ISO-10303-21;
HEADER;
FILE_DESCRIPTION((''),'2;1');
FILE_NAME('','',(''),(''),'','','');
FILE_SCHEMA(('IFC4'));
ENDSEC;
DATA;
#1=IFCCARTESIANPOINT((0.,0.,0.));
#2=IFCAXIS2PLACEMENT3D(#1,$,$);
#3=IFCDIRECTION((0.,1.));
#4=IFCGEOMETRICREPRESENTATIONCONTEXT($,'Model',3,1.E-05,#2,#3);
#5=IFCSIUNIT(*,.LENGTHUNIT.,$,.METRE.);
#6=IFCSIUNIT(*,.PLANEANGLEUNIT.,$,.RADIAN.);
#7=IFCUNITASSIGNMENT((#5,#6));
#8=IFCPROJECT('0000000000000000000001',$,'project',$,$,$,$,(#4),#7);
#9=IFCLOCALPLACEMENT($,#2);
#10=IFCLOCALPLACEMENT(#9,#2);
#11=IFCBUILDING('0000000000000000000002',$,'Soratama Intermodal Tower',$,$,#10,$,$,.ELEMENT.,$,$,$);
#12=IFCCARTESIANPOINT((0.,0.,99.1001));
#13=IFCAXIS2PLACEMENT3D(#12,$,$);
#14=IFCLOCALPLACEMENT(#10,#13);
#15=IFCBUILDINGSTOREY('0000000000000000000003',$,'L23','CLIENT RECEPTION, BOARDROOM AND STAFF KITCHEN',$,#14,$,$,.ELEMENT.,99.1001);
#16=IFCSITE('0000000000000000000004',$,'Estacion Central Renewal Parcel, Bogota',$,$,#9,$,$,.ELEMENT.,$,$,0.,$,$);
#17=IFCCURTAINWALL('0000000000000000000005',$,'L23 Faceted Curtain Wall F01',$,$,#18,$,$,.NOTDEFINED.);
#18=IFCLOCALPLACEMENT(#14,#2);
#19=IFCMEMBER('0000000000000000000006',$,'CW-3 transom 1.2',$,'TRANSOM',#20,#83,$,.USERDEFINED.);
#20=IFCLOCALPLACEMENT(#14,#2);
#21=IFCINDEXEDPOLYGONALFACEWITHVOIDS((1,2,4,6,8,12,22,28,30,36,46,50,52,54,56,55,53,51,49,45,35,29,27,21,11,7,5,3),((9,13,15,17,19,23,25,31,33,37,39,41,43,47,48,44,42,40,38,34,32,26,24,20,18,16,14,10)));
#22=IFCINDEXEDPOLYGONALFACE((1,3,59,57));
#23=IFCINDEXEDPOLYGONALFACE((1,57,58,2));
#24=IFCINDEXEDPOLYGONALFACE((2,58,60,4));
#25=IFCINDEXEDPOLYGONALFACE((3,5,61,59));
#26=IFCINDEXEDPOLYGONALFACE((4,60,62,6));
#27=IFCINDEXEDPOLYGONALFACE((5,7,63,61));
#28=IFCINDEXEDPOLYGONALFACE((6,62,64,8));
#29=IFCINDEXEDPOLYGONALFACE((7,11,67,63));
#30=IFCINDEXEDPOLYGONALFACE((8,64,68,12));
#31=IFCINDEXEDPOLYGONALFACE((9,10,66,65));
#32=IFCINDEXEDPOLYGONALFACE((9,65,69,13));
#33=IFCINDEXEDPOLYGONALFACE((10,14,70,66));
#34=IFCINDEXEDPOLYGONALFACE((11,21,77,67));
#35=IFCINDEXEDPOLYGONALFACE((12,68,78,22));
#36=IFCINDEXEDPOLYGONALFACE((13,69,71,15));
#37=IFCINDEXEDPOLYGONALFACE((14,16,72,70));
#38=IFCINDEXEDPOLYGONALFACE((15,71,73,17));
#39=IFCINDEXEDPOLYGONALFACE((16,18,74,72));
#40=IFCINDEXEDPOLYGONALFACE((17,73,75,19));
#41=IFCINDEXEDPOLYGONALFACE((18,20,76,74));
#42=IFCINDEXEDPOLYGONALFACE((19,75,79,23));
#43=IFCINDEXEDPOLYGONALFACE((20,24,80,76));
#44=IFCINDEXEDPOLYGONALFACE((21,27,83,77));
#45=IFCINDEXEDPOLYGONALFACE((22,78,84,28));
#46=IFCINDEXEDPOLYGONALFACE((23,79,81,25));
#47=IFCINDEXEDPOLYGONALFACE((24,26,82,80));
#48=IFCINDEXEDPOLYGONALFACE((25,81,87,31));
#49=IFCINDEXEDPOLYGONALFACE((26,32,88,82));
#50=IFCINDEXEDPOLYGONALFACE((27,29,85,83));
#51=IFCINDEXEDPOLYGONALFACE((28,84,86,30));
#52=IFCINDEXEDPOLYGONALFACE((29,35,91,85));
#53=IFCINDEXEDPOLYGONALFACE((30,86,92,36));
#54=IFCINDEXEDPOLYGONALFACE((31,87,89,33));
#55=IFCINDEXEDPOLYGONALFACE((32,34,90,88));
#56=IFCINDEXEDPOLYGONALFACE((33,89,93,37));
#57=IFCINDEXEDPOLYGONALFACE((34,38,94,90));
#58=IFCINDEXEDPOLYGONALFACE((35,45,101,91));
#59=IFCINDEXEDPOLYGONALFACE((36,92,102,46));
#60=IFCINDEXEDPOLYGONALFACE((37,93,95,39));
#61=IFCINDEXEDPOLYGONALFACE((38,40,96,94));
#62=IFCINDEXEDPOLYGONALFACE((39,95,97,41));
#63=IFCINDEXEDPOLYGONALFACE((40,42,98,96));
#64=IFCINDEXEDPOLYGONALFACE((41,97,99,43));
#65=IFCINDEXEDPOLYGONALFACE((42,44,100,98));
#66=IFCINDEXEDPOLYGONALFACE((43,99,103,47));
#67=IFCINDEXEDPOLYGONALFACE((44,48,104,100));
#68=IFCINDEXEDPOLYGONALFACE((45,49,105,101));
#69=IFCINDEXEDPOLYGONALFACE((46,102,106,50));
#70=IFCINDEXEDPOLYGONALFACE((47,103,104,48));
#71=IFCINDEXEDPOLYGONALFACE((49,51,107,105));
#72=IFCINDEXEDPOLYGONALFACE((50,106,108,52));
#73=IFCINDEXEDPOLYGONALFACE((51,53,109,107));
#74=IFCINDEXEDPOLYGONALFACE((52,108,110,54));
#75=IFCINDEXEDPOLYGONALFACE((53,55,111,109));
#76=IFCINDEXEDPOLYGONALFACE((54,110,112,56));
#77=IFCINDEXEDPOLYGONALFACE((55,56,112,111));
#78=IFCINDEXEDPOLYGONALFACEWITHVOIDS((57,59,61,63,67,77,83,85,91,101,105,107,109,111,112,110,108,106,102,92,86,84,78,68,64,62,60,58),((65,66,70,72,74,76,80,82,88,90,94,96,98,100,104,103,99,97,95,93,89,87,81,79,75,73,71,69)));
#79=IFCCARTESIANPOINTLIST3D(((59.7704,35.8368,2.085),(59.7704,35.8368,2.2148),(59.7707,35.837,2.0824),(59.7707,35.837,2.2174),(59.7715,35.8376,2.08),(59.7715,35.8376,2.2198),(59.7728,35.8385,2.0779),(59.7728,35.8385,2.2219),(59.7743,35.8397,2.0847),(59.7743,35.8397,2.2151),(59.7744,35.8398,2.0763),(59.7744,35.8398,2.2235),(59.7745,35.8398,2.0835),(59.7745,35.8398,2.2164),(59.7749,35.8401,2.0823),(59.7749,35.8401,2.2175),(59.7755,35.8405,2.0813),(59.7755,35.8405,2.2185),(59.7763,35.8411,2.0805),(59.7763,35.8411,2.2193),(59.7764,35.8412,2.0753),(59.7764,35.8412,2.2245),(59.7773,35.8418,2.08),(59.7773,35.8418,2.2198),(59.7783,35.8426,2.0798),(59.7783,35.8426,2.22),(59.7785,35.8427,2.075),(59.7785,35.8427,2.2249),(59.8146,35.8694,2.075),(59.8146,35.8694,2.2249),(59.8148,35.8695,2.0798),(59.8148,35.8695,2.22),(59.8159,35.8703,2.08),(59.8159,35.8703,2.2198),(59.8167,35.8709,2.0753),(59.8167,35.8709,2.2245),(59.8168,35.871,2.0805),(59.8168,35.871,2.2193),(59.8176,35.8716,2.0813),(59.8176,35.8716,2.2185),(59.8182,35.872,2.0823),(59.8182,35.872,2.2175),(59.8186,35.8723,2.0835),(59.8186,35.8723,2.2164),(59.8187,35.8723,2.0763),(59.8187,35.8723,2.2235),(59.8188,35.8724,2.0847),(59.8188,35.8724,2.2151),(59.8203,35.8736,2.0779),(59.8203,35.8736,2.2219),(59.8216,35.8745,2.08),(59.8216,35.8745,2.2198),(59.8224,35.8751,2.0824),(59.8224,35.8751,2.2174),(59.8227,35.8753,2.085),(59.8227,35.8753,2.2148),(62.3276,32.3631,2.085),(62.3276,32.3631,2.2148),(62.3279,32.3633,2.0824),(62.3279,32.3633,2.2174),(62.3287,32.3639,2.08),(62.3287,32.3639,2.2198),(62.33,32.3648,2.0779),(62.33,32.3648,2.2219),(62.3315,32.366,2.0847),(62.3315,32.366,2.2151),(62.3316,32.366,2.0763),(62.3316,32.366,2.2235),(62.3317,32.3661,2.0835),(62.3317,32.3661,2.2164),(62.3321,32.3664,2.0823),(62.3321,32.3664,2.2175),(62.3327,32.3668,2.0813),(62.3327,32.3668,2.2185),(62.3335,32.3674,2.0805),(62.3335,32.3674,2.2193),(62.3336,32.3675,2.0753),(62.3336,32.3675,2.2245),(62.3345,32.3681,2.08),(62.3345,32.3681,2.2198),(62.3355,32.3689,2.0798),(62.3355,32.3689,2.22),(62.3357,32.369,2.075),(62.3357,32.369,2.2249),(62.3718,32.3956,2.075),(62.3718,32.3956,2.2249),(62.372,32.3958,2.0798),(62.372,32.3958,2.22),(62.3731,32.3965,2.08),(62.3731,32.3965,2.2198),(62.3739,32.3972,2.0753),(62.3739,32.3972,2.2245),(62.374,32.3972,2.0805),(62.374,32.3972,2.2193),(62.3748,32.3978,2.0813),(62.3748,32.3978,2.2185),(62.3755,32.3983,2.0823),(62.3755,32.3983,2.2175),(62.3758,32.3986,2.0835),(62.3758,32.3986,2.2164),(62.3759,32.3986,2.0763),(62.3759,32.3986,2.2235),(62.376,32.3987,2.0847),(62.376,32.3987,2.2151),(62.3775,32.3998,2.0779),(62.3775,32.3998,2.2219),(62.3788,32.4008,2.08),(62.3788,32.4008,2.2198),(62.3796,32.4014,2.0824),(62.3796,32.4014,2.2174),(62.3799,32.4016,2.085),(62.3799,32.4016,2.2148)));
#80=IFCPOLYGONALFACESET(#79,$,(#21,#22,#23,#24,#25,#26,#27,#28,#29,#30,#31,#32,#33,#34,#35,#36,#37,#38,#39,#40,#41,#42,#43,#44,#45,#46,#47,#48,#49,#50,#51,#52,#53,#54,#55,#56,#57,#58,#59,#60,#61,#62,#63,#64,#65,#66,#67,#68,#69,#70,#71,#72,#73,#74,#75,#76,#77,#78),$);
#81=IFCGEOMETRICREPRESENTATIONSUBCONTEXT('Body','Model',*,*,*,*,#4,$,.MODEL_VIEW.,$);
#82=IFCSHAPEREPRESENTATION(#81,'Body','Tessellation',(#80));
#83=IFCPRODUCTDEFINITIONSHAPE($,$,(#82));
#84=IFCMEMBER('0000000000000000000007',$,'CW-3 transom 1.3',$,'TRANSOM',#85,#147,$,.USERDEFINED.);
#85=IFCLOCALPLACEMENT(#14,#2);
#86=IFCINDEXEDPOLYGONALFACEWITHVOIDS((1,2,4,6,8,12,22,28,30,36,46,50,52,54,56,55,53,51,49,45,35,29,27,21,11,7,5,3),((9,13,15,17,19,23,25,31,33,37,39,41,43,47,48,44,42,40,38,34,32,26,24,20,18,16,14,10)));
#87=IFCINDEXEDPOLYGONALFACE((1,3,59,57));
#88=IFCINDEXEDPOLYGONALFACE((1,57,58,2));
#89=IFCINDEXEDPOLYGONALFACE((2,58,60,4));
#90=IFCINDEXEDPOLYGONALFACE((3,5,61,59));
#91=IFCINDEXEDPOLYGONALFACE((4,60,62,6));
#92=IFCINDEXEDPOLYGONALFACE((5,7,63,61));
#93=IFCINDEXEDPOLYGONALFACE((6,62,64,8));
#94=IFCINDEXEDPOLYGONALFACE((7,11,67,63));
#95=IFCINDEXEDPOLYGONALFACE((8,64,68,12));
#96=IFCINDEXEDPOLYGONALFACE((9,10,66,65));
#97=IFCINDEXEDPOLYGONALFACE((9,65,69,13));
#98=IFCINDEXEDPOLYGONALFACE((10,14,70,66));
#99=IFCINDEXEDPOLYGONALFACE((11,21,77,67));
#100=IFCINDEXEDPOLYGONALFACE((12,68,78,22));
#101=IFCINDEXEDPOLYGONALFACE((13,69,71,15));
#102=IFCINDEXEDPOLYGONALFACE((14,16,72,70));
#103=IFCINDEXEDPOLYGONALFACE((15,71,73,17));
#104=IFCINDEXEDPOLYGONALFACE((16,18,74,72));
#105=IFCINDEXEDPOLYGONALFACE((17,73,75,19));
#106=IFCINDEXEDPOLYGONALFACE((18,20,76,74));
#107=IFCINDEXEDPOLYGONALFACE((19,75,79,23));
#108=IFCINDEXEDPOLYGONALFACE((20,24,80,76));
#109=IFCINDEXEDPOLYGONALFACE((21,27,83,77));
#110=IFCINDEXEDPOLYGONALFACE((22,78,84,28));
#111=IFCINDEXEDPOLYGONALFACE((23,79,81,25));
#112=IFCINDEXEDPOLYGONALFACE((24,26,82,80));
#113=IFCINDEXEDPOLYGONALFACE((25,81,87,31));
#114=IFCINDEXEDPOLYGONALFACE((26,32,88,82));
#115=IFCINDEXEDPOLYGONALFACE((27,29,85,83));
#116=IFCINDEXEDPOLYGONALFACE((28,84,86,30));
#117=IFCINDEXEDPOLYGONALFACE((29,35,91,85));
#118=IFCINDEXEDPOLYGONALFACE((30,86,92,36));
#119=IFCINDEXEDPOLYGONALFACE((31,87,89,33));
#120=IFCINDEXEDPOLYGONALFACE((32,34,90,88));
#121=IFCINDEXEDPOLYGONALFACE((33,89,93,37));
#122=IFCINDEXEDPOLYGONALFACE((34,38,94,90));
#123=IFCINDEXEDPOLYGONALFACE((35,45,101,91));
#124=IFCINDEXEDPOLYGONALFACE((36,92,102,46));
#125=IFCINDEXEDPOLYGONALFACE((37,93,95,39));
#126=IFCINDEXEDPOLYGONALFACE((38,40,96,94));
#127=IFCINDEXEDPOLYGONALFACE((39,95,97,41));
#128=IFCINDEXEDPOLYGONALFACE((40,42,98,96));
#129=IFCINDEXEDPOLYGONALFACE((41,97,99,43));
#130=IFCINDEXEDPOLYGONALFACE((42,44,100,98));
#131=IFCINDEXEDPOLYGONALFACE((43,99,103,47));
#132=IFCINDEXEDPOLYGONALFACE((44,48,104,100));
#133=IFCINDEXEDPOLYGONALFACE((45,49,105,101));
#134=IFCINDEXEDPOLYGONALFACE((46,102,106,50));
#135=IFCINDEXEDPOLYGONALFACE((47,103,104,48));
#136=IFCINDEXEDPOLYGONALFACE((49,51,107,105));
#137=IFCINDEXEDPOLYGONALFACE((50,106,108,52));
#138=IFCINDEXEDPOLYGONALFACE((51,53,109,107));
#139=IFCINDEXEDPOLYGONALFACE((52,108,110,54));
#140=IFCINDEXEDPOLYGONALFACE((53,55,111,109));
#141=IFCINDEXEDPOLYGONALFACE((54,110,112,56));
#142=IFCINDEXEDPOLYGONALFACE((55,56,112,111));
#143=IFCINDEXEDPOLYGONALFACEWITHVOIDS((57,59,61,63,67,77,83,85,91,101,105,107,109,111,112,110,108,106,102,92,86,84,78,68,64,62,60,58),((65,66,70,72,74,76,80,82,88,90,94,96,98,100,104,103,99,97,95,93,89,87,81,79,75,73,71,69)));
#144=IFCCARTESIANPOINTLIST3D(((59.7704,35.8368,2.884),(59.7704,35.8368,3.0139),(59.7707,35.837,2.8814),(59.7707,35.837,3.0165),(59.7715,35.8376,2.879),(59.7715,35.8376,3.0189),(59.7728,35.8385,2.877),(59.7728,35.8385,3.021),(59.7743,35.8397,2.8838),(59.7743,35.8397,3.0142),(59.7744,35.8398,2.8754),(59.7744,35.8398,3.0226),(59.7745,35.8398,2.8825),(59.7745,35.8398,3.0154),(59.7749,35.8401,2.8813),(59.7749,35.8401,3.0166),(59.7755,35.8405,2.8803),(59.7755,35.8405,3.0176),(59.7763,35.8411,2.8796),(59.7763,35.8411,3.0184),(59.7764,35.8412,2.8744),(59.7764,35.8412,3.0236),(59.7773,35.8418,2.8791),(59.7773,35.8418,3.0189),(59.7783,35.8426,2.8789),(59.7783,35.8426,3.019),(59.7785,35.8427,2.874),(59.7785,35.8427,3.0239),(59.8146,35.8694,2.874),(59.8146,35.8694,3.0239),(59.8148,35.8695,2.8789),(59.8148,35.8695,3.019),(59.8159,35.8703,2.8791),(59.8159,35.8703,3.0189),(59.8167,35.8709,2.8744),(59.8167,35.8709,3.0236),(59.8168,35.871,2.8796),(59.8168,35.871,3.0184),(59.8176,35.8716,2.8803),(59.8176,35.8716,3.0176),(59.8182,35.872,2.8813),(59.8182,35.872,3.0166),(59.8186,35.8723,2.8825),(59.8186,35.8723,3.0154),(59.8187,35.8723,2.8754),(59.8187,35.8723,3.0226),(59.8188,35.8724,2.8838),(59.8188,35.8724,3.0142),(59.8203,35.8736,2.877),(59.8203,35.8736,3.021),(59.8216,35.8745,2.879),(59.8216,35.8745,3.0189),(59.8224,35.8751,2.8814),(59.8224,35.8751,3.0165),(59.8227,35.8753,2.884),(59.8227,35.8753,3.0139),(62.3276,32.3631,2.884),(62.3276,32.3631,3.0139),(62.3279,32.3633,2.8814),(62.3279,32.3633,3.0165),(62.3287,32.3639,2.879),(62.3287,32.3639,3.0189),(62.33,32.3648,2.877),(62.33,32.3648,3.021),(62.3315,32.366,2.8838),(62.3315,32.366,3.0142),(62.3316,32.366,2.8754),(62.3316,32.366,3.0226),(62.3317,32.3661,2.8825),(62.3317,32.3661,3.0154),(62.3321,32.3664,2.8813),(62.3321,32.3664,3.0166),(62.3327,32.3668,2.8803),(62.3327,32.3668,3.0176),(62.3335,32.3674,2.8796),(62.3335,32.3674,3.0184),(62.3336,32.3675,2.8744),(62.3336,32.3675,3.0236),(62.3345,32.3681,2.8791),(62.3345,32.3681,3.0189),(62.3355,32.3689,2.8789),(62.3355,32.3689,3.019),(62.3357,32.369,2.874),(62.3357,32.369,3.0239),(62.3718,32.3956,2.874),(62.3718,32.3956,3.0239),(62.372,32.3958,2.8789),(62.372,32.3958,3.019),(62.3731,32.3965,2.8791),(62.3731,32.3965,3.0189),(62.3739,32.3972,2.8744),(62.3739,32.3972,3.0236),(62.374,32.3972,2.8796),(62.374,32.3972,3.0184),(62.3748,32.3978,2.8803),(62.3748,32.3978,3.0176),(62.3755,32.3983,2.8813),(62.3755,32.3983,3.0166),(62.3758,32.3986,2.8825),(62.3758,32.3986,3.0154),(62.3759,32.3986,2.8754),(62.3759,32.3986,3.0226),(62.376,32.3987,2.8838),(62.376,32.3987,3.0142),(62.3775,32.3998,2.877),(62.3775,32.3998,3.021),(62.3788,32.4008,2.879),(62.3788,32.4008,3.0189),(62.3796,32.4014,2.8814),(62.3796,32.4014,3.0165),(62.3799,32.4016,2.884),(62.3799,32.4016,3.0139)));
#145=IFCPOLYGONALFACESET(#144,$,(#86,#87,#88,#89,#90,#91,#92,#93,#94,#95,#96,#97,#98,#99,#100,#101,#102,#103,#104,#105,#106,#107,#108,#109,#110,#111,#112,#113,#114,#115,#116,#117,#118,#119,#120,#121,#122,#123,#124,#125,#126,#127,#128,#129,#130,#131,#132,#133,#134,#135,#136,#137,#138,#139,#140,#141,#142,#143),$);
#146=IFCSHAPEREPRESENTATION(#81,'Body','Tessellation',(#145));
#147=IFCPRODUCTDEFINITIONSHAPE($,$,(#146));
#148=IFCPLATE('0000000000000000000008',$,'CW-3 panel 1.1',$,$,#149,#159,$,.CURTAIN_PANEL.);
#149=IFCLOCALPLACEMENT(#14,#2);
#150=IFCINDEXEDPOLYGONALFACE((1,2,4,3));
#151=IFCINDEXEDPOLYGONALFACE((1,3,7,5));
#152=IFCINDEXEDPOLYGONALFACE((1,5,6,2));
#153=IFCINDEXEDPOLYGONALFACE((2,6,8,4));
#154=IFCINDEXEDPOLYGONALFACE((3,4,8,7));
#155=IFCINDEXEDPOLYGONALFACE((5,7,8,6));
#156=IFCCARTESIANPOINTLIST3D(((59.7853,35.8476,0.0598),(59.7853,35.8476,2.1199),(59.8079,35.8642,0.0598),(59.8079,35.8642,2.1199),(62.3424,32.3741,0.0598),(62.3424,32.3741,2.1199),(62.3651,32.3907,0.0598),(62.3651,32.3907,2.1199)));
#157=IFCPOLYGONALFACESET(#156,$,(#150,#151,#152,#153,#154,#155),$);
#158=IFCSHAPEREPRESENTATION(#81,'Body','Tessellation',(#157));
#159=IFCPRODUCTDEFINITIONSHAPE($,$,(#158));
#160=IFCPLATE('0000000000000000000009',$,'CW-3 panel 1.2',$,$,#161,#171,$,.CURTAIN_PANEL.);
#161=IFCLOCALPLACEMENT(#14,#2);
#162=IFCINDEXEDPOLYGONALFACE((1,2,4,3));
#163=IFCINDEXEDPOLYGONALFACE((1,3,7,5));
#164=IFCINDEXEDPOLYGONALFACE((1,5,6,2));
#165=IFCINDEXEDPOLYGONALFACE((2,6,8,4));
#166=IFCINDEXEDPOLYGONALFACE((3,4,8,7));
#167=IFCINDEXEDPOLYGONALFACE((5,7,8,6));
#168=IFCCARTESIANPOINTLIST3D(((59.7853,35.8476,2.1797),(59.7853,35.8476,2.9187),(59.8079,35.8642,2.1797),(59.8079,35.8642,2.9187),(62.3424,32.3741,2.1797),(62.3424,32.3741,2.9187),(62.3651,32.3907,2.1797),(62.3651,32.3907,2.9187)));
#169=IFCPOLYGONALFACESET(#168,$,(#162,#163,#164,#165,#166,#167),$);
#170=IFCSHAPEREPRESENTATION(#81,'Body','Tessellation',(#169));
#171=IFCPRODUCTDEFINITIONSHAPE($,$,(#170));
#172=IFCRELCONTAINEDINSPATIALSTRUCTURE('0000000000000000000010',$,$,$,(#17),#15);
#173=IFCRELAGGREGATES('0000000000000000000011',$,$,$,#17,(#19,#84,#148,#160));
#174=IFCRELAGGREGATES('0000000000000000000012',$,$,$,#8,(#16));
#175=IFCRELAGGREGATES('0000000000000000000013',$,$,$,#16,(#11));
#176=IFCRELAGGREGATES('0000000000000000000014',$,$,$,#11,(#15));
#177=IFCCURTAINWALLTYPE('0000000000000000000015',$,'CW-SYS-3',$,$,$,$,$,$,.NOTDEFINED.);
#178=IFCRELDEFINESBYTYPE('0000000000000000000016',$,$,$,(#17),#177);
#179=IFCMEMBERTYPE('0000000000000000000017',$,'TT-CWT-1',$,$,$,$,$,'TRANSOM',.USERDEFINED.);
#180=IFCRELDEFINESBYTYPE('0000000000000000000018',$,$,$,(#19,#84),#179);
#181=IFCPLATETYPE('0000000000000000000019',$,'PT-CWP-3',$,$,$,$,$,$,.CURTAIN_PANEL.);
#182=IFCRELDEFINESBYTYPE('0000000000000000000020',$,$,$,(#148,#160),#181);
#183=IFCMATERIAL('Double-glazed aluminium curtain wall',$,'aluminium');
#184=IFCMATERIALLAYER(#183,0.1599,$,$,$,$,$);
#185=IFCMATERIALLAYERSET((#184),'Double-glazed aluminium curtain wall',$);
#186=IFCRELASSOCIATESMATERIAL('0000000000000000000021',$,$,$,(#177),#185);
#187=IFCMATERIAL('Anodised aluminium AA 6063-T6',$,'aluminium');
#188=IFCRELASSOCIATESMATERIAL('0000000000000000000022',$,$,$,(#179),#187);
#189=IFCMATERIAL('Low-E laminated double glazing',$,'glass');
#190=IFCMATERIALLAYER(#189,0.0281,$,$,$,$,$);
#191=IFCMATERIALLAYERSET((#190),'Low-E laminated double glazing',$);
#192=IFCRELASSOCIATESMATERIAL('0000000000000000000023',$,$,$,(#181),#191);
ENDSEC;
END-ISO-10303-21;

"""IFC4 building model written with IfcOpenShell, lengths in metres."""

from ifc_helpers import new_model, si_unit, direction, frame, origin, origin_2d, place, context, subcontext, project, spatial, rectangle, hollow_rectangle, extrude, material, layer, layer_set, material_profile, profile_set, type_object, element, aggregate, save


model = new_model("IFC4")

# Units and contexts
model_context = context("Model", 3, precision=1e-05, world=origin(), true_north=direction((0.0, 1.0)))
body_context = subcontext(model_context, "Body", "Model", "MODEL_VIEW")
ifc_project = project(units=[si_unit("LENGTHUNIT", "METRE"), si_unit("PLANEANGLEUNIT", "RADIAN")], contexts=[model_context])

# Site, building, storey
site_placement = place(None, origin())
site = spatial("IfcSite", under=ifc_project, at=site_placement, Name="Estacion Central Renewal Parcel, Bogota", CompositionType="ELEMENT", RefElevation=0.0)
building_placement = place(site_placement, origin())
building = spatial("IfcBuilding", under=site, at=building_placement, Name="Soratama Intermodal Tower", CompositionType="ELEMENT")
storey_placement = place(building_placement, frame((0.0, 0.0, 99.1001)))
storey = spatial("IfcBuildingStorey", under=building, at=storey_placement, Name="L23", Description="CLIENT RECEPTION, BOARDROOM AND STAFF KITCHEN", CompositionType="ELEMENT", Elevation=99.1001)

# Curtain wall, members, plates
ifc_material_1 = material(Name="Double-glazed aluminium curtain wall", Category="aluminium")
ifc_layer_1 = layer(ifc_material_1, 0.1599)
ifc_layer_set_1 = layer_set([ifc_layer_1], Name="Double-glazed aluminium curtain wall")
curtain_wall_type = type_object("IfcCurtainWallType", Name="CW-SYS-3", PredefinedType="NOTDEFINED", material=ifc_layer_set_1)
curtain_wall_placement = place(storey_placement, origin())
curtain_wall = element("IfcCurtainWall", 1, at=curtain_wall_placement, inside=storey, type_object=curtain_wall_type, Name="L23 Faceted Curtain Wall F01", PredefinedType="NOTDEFINED")
ifc_material_2 = material(Name="Anodised aluminium AA 6063-T6", Category="aluminium")
ifc_material_profile_1 = material_profile(ifc_material_2, hollow_rectangle(XDim=0.0649, YDim=0.1499, WallThickness=0.0049, InnerFilletRadius=0.0049, OuterFilletRadius=0.01, at=origin_2d()), Name="CWT150X65X5")
ifc_profile_set_1 = profile_set([ifc_material_profile_1], Name="Anodised aluminium AA 6063-T6")
member_type_1 = type_object("IfcMemberType", Name="TT-CWT-1", ElementType="TRANSOM", PredefinedType="USERDEFINED", material=ifc_profile_set_1)
member_1_placement = place(storey_placement, frame((62.3538, 32.3823, 2.1499), z_axis=(-0.59284, 0.80532, 0.0), x_axis=(-0.80532, -0.59284, 0.0)))
member_1 = element("IfcMember", 2, at=member_1_placement, type_object=member_type_1, Name="CW-3 transom 1.2", ObjectType="TRANSOM", PredefinedType="USERDEFINED", context=body_context, shape_type="SweptSolid", body=[
    extrude(hollow_rectangle(XDim=0.0649, YDim=0.1499, WallThickness=0.0049, InnerFilletRadius=0.0049, OuterFilletRadius=0.01, at=origin_2d()), origin(), (0.0, 0.0, 1.0), 4.3135),
])
member_2_placement = place(storey_placement, frame((62.3538, 32.3823, 2.949), z_axis=(-0.59284, 0.80532, 0.0), x_axis=(-0.80532, -0.59284, 0.0)))
member_2 = element("IfcMember", 3, at=member_2_placement, type_object=member_type_1, Name="CW-3 transom 1.3", ObjectType="TRANSOM", PredefinedType="USERDEFINED", context=body_context, shape_type="SweptSolid", body=[
    extrude(hollow_rectangle(XDim=0.0649, YDim=0.1499, WallThickness=0.0049, InnerFilletRadius=0.0049, OuterFilletRadius=0.01, at=origin_2d()), origin(), (0.0, 0.0, 1.0), 4.3135),
])
ifc_material_3 = material(Name="Low-E laminated double glazing", Category="glass")
ifc_layer_2 = layer(ifc_material_3, 0.0281)
ifc_layer_set_2 = layer_set([ifc_layer_2], Name="Low-E laminated double glazing")
plate_type = type_object("IfcPlateType", Name="PT-CWP-3", PredefinedType="CURTAIN_PANEL", material=ifc_layer_set_2)
plate_1_placement = place(storey_placement, frame((61.0752, 34.1191, 0.0598), z_axis=(0.0, 0.0, 1.0), x_axis=(-0.592854, 0.80531, 0.0)))
plate_1 = element("IfcPlate", 4, at=plate_1_placement, type_object=plate_type, Name="CW-3 panel 1.1", PredefinedType="CURTAIN_PANEL", context=body_context, shape_type="SweptSolid", body=[
    extrude(rectangle(XDim=4.3132, YDim=0.0281, at=origin_2d()), origin(), (0.0, 0.0, 1.0), 2.0601),
])
plate_2_placement = place(storey_placement, frame((61.0752, 34.1191, 2.1797), z_axis=(0.0, 0.0, 1.0), x_axis=(-0.592854, 0.80531, 0.0)))
plate_2 = element("IfcPlate", 5, at=plate_2_placement, type_object=plate_type, Name="CW-3 panel 1.2", PredefinedType="CURTAIN_PANEL", context=body_context, shape_type="SweptSolid", body=[
    extrude(rectangle(XDim=4.3132, YDim=0.0281, at=origin_2d()), origin(), (0.0, 0.0, 1.0), 0.739),
])
aggregate(curtain_wall, [member_1, member_2, plate_1, plate_2])

save(model, "model.ifc")
